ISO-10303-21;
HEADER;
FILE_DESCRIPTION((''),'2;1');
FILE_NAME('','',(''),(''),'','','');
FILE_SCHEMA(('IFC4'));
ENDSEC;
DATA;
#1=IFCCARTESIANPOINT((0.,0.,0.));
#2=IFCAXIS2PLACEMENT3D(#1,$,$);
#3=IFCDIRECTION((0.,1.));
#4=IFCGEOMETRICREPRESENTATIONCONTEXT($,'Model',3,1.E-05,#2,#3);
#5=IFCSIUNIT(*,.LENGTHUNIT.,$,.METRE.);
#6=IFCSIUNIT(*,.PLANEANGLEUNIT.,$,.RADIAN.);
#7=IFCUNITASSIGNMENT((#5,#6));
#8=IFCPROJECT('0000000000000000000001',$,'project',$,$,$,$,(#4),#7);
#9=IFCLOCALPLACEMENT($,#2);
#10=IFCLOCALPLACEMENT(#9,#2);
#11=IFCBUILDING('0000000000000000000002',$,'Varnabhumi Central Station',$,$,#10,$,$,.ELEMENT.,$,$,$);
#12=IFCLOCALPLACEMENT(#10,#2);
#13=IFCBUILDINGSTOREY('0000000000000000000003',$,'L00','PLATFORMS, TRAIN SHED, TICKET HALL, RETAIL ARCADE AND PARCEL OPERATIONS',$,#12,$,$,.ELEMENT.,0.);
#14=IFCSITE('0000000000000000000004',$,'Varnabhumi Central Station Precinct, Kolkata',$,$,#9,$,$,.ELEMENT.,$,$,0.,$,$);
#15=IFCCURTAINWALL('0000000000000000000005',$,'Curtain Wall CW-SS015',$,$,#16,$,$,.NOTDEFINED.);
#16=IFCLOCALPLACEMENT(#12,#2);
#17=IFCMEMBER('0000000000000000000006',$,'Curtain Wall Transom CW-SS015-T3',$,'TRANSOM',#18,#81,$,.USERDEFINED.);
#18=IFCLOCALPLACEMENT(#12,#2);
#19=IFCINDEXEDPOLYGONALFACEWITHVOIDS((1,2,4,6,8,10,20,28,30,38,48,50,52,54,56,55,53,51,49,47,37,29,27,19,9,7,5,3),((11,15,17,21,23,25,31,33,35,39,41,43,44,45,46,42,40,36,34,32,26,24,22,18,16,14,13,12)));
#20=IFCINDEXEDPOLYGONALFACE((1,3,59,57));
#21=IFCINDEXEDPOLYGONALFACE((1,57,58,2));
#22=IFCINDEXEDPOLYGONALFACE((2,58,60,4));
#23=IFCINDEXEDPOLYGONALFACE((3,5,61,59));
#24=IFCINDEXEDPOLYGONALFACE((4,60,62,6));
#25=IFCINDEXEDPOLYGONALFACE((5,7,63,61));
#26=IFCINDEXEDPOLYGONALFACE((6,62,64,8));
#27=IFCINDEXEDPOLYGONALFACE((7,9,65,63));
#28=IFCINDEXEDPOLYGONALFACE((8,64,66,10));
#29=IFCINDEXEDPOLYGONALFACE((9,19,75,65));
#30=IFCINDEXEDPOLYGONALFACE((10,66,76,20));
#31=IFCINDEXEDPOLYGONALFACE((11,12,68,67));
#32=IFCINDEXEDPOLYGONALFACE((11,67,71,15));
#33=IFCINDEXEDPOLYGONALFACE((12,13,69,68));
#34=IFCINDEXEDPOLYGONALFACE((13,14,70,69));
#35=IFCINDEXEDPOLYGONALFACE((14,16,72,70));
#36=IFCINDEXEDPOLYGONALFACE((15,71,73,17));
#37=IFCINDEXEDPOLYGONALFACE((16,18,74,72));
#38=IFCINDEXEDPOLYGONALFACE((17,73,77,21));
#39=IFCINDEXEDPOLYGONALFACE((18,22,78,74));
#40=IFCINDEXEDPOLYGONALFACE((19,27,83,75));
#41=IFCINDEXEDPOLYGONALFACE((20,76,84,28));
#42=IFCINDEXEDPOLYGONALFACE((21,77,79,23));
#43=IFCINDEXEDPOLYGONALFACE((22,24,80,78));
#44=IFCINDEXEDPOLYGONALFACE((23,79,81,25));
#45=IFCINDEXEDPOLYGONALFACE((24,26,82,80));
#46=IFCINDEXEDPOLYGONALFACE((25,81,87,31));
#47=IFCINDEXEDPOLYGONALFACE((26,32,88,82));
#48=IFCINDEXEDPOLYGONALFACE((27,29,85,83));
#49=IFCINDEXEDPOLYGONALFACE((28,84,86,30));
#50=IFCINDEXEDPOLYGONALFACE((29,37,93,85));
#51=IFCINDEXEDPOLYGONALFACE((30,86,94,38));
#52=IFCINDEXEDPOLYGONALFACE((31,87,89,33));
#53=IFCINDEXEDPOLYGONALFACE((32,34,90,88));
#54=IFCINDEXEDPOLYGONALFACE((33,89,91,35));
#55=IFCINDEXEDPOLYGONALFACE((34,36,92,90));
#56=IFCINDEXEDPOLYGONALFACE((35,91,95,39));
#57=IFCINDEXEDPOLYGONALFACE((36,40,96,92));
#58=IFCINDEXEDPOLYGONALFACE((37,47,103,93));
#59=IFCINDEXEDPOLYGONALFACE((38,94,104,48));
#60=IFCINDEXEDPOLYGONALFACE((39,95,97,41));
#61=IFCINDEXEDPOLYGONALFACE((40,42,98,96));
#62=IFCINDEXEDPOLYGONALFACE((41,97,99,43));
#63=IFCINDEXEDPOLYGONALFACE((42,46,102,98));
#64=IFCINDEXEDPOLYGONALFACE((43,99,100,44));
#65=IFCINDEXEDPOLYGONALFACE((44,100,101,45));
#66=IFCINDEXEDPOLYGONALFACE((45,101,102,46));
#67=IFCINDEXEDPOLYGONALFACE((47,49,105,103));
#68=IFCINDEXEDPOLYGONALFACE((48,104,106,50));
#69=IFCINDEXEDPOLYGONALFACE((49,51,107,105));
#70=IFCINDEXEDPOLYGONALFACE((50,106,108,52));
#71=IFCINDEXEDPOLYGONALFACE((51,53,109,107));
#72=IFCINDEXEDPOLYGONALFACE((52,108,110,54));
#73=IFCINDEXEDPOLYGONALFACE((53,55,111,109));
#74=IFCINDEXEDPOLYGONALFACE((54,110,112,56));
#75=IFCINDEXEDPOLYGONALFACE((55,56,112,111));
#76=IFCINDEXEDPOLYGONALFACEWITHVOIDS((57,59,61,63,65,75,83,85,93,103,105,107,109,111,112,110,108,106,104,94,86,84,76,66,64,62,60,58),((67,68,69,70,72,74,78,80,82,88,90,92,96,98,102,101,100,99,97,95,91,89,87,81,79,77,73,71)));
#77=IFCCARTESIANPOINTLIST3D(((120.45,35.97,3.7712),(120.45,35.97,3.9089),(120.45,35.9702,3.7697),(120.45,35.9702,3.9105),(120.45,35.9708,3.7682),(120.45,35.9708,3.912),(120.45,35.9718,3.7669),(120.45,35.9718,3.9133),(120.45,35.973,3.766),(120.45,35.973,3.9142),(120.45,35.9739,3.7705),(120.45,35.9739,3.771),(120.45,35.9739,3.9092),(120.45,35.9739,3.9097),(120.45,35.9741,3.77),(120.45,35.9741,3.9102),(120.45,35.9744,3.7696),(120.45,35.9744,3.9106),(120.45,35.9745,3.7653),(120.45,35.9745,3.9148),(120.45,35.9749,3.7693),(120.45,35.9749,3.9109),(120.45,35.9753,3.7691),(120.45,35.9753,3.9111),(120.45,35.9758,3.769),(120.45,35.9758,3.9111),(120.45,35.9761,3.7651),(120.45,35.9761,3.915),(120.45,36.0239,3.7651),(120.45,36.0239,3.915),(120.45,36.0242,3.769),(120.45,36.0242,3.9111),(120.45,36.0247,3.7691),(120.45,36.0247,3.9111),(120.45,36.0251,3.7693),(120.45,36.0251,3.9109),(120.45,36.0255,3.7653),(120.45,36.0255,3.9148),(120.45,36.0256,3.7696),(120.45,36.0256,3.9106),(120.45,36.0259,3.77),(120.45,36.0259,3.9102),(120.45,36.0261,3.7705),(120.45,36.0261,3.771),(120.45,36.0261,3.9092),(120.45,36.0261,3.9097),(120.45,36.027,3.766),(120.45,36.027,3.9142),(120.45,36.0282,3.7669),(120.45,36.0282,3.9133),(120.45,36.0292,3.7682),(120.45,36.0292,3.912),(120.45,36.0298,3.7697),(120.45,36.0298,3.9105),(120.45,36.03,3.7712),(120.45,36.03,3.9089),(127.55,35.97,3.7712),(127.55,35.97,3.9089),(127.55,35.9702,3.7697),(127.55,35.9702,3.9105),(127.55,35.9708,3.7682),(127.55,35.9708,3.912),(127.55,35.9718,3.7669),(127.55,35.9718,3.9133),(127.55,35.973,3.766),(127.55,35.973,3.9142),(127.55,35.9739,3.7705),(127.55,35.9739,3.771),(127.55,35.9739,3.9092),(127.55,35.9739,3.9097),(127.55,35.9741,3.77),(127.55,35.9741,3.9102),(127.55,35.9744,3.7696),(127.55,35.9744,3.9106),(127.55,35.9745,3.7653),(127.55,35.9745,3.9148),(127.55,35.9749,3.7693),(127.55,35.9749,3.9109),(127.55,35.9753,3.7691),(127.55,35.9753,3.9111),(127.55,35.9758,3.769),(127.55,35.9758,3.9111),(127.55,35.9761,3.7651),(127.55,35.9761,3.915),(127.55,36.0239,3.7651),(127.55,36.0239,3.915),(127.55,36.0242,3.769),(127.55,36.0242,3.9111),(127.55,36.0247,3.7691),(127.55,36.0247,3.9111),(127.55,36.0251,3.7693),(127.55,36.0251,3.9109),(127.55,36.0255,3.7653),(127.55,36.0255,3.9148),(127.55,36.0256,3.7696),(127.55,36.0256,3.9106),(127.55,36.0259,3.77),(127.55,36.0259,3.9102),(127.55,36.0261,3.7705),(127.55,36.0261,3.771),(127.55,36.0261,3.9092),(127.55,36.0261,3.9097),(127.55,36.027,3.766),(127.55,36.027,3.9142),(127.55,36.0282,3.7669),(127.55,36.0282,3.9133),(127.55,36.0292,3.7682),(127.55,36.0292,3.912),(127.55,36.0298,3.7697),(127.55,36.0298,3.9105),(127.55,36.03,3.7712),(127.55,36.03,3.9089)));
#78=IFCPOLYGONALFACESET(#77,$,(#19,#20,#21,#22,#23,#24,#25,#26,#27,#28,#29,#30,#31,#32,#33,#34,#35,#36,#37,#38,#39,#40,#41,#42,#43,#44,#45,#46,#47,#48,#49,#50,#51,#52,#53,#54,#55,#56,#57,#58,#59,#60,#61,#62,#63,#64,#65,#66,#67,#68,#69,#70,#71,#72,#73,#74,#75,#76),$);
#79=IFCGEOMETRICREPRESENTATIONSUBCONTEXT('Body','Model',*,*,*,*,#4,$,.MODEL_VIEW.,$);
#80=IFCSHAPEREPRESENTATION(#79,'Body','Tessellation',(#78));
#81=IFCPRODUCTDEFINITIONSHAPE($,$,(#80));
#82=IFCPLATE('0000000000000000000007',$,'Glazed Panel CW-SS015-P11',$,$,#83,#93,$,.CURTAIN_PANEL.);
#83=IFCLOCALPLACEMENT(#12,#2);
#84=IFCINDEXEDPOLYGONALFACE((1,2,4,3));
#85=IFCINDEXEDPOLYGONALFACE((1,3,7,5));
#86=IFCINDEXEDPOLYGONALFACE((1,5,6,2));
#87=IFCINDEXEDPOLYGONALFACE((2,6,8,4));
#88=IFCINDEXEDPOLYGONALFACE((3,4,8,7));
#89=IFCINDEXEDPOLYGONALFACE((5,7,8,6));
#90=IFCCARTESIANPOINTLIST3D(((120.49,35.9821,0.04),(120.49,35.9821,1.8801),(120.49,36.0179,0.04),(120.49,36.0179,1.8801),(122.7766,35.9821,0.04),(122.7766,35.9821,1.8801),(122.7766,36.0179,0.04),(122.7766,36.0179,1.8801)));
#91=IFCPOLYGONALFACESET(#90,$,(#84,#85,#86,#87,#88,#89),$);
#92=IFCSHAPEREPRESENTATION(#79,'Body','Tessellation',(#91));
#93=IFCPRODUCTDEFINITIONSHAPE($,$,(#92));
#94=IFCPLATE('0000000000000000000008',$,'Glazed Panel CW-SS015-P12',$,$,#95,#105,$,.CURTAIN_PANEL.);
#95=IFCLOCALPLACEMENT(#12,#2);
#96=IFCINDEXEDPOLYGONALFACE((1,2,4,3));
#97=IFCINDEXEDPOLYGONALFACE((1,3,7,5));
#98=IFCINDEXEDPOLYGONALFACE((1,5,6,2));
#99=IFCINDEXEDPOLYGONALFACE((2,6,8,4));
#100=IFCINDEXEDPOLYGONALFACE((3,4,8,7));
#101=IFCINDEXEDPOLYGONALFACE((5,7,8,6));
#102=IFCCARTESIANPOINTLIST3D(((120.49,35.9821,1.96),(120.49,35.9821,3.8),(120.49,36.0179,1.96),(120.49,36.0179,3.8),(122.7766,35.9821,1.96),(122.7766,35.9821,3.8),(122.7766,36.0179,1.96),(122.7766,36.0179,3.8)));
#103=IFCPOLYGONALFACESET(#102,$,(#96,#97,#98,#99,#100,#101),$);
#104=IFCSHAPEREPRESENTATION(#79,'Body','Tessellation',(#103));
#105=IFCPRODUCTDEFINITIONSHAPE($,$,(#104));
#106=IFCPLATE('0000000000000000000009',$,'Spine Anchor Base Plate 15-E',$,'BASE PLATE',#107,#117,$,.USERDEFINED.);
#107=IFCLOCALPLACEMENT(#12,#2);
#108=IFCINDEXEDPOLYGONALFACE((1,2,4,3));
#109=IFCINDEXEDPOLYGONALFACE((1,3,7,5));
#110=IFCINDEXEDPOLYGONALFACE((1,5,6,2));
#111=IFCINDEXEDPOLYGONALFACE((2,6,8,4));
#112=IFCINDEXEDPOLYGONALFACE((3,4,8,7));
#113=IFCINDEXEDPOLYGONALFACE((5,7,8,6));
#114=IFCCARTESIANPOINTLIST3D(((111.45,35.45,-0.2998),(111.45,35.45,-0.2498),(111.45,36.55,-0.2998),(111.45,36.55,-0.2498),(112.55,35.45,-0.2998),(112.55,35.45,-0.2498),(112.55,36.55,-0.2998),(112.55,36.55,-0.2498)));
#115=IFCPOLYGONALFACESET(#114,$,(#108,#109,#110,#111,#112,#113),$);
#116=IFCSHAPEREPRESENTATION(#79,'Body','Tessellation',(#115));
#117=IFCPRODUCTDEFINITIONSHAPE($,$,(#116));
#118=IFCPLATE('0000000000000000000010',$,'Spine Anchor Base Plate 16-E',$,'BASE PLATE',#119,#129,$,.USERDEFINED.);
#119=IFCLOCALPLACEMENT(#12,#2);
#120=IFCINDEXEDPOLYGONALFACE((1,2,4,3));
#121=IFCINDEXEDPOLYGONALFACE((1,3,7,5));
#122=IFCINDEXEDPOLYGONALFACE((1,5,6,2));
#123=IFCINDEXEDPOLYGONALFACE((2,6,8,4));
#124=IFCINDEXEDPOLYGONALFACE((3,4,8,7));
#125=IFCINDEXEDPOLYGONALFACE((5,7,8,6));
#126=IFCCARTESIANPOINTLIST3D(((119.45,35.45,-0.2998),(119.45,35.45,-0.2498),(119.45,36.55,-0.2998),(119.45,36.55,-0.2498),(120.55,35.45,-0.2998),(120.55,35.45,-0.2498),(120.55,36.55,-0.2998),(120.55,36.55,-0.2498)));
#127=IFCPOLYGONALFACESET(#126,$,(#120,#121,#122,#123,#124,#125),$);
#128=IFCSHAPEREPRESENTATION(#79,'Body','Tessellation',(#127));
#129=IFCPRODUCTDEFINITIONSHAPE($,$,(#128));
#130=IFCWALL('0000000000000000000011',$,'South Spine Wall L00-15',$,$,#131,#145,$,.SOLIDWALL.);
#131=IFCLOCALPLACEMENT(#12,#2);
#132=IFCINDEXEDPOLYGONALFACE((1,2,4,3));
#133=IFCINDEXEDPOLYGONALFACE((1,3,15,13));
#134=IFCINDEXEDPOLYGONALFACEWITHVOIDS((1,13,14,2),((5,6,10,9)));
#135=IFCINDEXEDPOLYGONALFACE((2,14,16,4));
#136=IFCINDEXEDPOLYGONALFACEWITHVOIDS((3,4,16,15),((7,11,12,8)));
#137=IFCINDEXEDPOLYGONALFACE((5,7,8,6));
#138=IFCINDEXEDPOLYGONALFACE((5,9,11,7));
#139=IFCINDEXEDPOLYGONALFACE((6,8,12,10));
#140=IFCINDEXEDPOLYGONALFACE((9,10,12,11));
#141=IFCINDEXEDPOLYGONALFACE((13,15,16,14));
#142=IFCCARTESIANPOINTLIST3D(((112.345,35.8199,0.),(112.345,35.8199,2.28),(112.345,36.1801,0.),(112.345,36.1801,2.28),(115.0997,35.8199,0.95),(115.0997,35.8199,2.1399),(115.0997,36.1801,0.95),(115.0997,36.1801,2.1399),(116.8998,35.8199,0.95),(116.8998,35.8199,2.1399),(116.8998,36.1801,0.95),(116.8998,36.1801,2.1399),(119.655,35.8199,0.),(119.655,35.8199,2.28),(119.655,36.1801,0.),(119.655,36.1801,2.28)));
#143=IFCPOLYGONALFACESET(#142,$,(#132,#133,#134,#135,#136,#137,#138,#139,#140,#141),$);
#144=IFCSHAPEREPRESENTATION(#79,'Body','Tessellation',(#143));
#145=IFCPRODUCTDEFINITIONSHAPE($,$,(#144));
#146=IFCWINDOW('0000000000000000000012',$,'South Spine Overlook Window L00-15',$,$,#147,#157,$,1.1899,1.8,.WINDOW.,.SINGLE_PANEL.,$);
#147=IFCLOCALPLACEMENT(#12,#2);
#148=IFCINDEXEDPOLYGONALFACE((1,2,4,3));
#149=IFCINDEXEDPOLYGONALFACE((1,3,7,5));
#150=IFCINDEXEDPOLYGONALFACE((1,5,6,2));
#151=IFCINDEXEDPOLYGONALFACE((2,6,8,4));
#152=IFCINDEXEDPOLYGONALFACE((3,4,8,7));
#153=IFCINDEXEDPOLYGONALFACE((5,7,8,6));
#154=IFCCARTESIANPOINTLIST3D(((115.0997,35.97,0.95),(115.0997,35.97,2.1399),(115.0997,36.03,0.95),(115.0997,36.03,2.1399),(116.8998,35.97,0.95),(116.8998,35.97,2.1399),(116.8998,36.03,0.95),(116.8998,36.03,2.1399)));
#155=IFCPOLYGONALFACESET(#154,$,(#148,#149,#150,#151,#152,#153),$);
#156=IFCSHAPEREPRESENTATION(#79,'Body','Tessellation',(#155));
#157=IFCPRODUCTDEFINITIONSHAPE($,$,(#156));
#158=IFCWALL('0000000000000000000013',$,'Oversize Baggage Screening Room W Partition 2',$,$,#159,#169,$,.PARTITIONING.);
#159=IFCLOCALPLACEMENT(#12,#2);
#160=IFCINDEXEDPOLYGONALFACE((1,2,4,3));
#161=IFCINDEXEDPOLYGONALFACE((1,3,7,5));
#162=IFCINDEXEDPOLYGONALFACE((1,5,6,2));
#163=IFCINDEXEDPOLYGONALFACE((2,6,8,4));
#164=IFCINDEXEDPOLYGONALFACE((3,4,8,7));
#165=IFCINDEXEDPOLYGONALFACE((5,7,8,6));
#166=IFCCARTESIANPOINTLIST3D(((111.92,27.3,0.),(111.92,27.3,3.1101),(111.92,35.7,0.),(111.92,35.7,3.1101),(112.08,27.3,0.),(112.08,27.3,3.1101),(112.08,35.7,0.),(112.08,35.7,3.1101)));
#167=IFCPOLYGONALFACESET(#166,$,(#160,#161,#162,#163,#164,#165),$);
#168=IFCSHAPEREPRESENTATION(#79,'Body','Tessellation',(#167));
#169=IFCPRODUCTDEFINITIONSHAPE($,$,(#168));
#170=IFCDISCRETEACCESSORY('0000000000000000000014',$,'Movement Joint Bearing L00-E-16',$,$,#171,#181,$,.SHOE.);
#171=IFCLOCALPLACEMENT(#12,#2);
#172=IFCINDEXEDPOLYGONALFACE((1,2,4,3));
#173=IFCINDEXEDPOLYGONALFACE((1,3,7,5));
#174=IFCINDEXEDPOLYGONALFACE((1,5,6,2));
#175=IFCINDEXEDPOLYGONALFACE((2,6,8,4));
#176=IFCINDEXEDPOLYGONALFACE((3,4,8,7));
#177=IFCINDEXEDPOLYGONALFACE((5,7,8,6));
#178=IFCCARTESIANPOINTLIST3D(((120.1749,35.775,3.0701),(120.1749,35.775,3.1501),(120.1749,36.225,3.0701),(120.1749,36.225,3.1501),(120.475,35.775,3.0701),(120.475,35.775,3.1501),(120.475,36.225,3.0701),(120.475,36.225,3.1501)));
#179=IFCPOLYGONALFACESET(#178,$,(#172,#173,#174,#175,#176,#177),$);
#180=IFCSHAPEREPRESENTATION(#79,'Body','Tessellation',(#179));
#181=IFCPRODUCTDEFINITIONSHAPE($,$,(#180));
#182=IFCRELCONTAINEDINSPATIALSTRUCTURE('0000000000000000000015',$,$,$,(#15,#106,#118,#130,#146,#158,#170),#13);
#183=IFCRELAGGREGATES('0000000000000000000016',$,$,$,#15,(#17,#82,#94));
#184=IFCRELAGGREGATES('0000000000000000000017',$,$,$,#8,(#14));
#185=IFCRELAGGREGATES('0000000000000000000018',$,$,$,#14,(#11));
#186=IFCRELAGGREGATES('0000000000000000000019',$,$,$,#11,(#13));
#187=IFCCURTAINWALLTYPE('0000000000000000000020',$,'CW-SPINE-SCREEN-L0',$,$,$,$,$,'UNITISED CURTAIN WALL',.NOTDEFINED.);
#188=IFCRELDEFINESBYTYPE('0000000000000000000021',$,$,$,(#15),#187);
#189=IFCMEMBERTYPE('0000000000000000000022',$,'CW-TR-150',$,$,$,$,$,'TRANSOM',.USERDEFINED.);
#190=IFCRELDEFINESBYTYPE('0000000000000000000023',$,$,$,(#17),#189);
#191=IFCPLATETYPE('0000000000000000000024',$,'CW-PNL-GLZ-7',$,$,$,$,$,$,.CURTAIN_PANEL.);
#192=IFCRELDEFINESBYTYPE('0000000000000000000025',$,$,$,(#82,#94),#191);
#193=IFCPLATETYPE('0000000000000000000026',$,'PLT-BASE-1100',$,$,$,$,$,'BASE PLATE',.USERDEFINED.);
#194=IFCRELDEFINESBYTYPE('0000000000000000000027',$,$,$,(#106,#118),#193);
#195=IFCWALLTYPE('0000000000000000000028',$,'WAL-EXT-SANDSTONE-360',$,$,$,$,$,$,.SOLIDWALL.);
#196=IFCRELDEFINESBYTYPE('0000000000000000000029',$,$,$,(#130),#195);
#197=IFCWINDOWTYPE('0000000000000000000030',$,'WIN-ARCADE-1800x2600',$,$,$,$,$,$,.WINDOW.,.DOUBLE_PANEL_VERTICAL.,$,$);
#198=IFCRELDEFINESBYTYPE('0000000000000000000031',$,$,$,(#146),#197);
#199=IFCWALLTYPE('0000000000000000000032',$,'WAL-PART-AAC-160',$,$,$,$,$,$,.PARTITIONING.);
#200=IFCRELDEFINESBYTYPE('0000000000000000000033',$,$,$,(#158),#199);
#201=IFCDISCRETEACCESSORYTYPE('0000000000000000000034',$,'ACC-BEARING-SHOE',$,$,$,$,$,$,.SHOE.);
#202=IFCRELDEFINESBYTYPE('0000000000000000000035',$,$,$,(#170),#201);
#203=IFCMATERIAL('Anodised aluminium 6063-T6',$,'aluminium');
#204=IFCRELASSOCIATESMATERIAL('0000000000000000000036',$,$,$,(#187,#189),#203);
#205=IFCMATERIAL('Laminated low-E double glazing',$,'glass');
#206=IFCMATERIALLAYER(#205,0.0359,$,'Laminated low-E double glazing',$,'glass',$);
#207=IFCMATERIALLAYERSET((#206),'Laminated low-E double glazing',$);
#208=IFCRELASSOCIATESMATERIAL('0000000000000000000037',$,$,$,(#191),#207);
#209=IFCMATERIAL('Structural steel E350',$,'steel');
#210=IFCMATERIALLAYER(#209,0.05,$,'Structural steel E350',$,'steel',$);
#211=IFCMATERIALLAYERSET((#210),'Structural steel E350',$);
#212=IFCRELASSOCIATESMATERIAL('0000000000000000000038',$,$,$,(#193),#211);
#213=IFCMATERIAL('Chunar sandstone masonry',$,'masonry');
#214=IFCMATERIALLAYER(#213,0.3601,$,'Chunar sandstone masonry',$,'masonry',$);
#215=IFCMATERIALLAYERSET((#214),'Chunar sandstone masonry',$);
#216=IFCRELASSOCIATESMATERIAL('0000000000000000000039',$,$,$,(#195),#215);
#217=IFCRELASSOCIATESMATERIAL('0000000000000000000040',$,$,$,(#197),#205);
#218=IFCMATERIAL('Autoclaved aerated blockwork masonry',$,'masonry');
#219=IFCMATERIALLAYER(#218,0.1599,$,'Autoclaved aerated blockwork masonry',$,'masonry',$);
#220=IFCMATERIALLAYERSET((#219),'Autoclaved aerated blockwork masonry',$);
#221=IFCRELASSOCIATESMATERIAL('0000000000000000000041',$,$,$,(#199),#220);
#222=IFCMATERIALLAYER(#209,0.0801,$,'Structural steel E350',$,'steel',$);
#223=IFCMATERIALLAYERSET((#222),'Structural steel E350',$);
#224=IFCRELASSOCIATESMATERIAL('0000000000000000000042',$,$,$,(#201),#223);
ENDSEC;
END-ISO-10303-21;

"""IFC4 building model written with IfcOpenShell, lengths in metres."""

from ifc_helpers import new_model, si_unit, direction, frame, frame_2d, origin, origin_2d, place, context, subcontext, project, spatial, rectangle, hollow_rectangle, extrude, material, layer, layer_set, material_profile, profile_set, type_object, element, fill, aggregate, save


model = new_model("IFC4")

# Units and contexts
model_context = context("Model", 3, precision=1e-05, world=origin(), true_north=direction((0.0, 1.0)))
body_context = subcontext(model_context, "Body", "Model", "MODEL_VIEW")
ifc_project = project(units=[si_unit("LENGTHUNIT", "METRE"), si_unit("PLANEANGLEUNIT", "RADIAN")], contexts=[model_context])

# Site, building, storey
site_placement = place(None, origin())
site = spatial("IfcSite", under=ifc_project, at=site_placement, Name="Varnabhumi Central Station Precinct, Kolkata", CompositionType="ELEMENT", RefElevation=0.0)
building_placement = place(site_placement, origin())
building = spatial("IfcBuilding", under=site, at=building_placement, Name="Varnabhumi Central Station", CompositionType="ELEMENT")
storey_placement = place(building_placement, origin())
storey = spatial("IfcBuildingStorey", under=building, at=storey_placement, Name="L00", Description="PLATFORMS, TRAIN SHED, TICKET HALL, RETAIL ARCADE AND PARCEL OPERATIONS", CompositionType="ELEMENT", Elevation=0.0)

# Curtain wall, member, plates
ifc_material_1 = material(Name="Anodised aluminium 6063-T6", Category="aluminium")
curtain_wall_type = type_object("IfcCurtainWallType", Name="CW-SPINE-SCREEN-L0", ElementType="UNITISED CURTAIN WALL", PredefinedType="NOTDEFINED", material=ifc_material_1)
curtain_wall_placement = place(storey_placement, origin())
curtain_wall = element("IfcCurtainWall", 1, at=curtain_wall_placement, inside=storey, type_object=curtain_wall_type, Name="Curtain Wall CW-SS015", PredefinedType="NOTDEFINED")
ifc_material_profile_1 = material_profile(ifc_material_1, hollow_rectangle(XDim=0.0601, YDim=0.1499, WallThickness=0.0039, InnerFilletRadius=0.002, OuterFilletRadius=0.0061, at=origin_2d()), Name="Anodised aluminium 6063-T6", Category="aluminium")
ifc_profile_set_1 = profile_set([ifc_material_profile_1], Name="Anodised aluminium 6063-T6")
member_type_1 = type_object("IfcMemberType", Name="CW-TR-150", ElementType="TRANSOM", PredefinedType="USERDEFINED", material=ifc_profile_set_1)
member_1_placement = place(storey_placement, frame((120.45, 36.0, 3.8401), z_axis=(1.0, 0.0, 0.0), x_axis=(0.0, 1.0, 0.0)))
member_1 = element("IfcMember", 2, at=member_1_placement, type_object=member_type_1, Name="Curtain Wall Transom CW-SS015-T3", ObjectType="TRANSOM", PredefinedType="USERDEFINED", context=body_context, shape_type="SweptSolid", body=[
    extrude(hollow_rectangle(XDim=0.0601, YDim=0.1499, WallThickness=0.0039, InnerFilletRadius=0.002, OuterFilletRadius=0.0061, at=origin_2d()), origin(), (0.0, 0.0, 1.0), 7.1001),
])
ifc_material_2 = material(Name="Laminated low-E double glazing", Category="glass")
ifc_layer_1 = layer(ifc_material_2, 0.0359, Name="Laminated low-E double glazing", Category="glass")
ifc_layer_set_1 = layer_set([ifc_layer_1], Name="Laminated low-E double glazing")
plate_type_1 = type_object("IfcPlateType", Name="CW-PNL-GLZ-7", PredefinedType="CURTAIN_PANEL", material=ifc_layer_set_1)
plate_1_placement = place(storey_placement, frame((121.6333, 36.0, 0.04), z_axis=(0.0, 0.0, 1.0), x_axis=(1.0, 0.0, 0.0)))
plate_1 = element("IfcPlate", 3, at=plate_1_placement, type_object=plate_type_1, Name="Glazed Panel CW-SS015-P11", PredefinedType="CURTAIN_PANEL", context=body_context, shape_type="SweptSolid", body=[
    extrude(rectangle(XDim=2.2866, YDim=0.0359, at=origin_2d()), origin(), (0.0, 0.0, 1.0), 1.8401),
])
plate_2_placement = place(storey_placement, frame((121.6333, 36.0, 1.96), z_axis=(0.0, 0.0, 1.0), x_axis=(1.0, 0.0, 0.0)))
plate_2 = element("IfcPlate", 4, at=plate_2_placement, type_object=plate_type_1, Name="Glazed Panel CW-SS015-P12", PredefinedType="CURTAIN_PANEL", context=body_context, shape_type="SweptSolid", body=[
    extrude(rectangle(XDim=2.2866, YDim=0.0359, at=origin_2d()), origin(), (0.0, 0.0, 1.0), 1.8401),
])
aggregate(curtain_wall, [member_1, plate_1, plate_2])

# Plates
ifc_material_3 = material(Name="Structural steel E350", Category="steel")
ifc_layer_2 = layer(ifc_material_3, 0.05, Name="Structural steel E350", Category="steel")
ifc_layer_set_2 = layer_set([ifc_layer_2], Name="Structural steel E350")
plate_type_2 = type_object("IfcPlateType", Name="PLT-BASE-1100", ElementType="BASE PLATE", PredefinedType="USERDEFINED", material=ifc_layer_set_2)
for number, where, z_axis, x_axis, name in (
    (5, (112.0, 36.0, -0.2998), (0.0, 0.0, 1.0), (1.0, 0.0, 0.0), "Spine Anchor Base Plate 15-E"),
    (6, (120.0, 36.0, -0.2998), (0.0, 0.0, 1.0), (1.0, 0.0, 0.0), "Spine Anchor Base Plate 16-E"),
):
    element("IfcPlate", number, at=place(storey_placement, frame(where, z_axis=z_axis, x_axis=x_axis)), inside=storey, type_object=plate_type_2, Name=name, ObjectType="BASE PLATE", PredefinedType="USERDEFINED", context=body_context, shape_type="SweptSolid", body=[
        extrude(rectangle(XDim=1.1001, YDim=1.1001, at=origin_2d()), origin(), (0.0, 0.0, 1.0), 0.05),
    ])

# Wall, opening, window
ifc_material_4 = material(Name="Chunar sandstone masonry", Category="masonry")
ifc_layer_3 = layer(ifc_material_4, 0.3601, Name="Chunar sandstone masonry", Category="masonry")
ifc_layer_set_3 = layer_set([ifc_layer_3], Name="Chunar sandstone masonry")
wall_type_1 = type_object("IfcWallType", Name="WAL-EXT-SANDSTONE-360", PredefinedType="SOLIDWALL", material=ifc_layer_set_3)
wall_1_placement = place(storey_placement, frame((112.345, 36.0, 0.0), z_axis=(0.0, 0.0, 1.0), x_axis=(1.0, 0.0, 0.0)))
wall_1 = element("IfcWall", 7, at=wall_1_placement, inside=storey, type_object=wall_type_1, Name="South Spine Wall L00-15", PredefinedType="SOLIDWALL", context=body_context, shape_type="SweptSolid", body=[
    extrude(rectangle(XDim=7.3101, YDim=0.3601, at=frame_2d((3.655, 0.0))), origin(), (0.0, 0.0, 1.0), 2.28),
])
opening_placement = place(wall_1_placement, frame((2.7549, 0.0, 0.95)))
opening = element("IfcOpeningElement", 8, at=opening_placement, cuts=wall_1, PredefinedType="OPENING", context=body_context, shape_type="SweptSolid", body=[
    extrude(rectangle(XDim=1.8, YDim=1.1899, at=frame_2d((0.8999, 0.595))), frame((0.0, 0.1899, 0.0), z_axis=(0.0, -1.0, 0.0), x_axis=(1.0, 0.0, 0.0)), (0.0, 0.0, 1.0), 0.3801),
])
window_type = type_object("IfcWindowType", Name="WIN-ARCADE-1800x2600", PartitioningType="DOUBLE_PANEL_VERTICAL", PredefinedType="WINDOW", material=ifc_material_2)
window_placement = place(opening_placement, origin())
window = element("IfcWindow", 9, at=window_placement, inside=storey, type_object=window_type, Name="South Spine Overlook Window L00-15", OverallHeight=1.1899, OverallWidth=1.8, PartitioningType="SINGLE_PANEL", PredefinedType="WINDOW", context=body_context, shape_type="SweptSolid", body=[
    extrude(rectangle(XDim=1.8, YDim=1.1899, at=frame_2d((0.8999, 0.595))), frame((0.0, 0.03, 0.0), z_axis=(0.0, -1.0, 0.0), x_axis=(1.0, 0.0, 0.0)), (0.0, 0.0, 1.0), 0.0601),
])
fill(opening, window)

# Wall
ifc_material_5 = material(Name="Autoclaved aerated blockwork masonry", Category="masonry")
ifc_layer_4 = layer(ifc_material_5, 0.1599, Name="Autoclaved aerated blockwork masonry", Category="masonry")
ifc_layer_set_4 = layer_set([ifc_layer_4], Name="Autoclaved aerated blockwork masonry")
wall_type_2 = type_object("IfcWallType", Name="WAL-PART-AAC-160", PredefinedType="PARTITIONING", material=ifc_layer_set_4)
wall_2_placement = place(storey_placement, frame((112.0, 27.3, 0.0), z_axis=(0.0, 0.0, 1.0), x_axis=(0.0, 1.0, 0.0)))
element("IfcWall", 10, at=wall_2_placement, inside=storey, type_object=wall_type_2, Name="Oversize Baggage Screening Room W Partition 2", PredefinedType="PARTITIONING", context=body_context, shape_type="SweptSolid", body=[
    extrude(rectangle(XDim=8.3999, YDim=0.1599, at=frame_2d((4.2, 0.0))), origin(), (0.0, 0.0, 1.0), 3.1101),
])

# Discrete accessory
ifc_layer_5 = layer(ifc_material_3, 0.0801, Name="Structural steel E350", Category="steel")
ifc_layer_set_5 = layer_set([ifc_layer_5], Name="Structural steel E350")
discrete_accessory_type = type_object("IfcDiscreteAccessoryType", Name="ACC-BEARING-SHOE", PredefinedType="SHOE", material=ifc_layer_set_5)
discrete_accessory_placement = place(storey_placement, frame((120.325, 36.0, 3.0701), z_axis=(0.0, 0.0, 1.0), x_axis=(1.0, 0.0, 0.0)))
element("IfcDiscreteAccessory", 11, at=discrete_accessory_placement, inside=storey, type_object=discrete_accessory_type, Name="Movement Joint Bearing L00-E-16", PredefinedType="SHOE", context=body_context, shape_type="SweptSolid", body=[
    extrude(rectangle(XDim=0.3, YDim=0.45, at=origin_2d()), origin(), (0.0, 0.0, 1.0), 0.0801),
])

save(model, "model.ifc")
